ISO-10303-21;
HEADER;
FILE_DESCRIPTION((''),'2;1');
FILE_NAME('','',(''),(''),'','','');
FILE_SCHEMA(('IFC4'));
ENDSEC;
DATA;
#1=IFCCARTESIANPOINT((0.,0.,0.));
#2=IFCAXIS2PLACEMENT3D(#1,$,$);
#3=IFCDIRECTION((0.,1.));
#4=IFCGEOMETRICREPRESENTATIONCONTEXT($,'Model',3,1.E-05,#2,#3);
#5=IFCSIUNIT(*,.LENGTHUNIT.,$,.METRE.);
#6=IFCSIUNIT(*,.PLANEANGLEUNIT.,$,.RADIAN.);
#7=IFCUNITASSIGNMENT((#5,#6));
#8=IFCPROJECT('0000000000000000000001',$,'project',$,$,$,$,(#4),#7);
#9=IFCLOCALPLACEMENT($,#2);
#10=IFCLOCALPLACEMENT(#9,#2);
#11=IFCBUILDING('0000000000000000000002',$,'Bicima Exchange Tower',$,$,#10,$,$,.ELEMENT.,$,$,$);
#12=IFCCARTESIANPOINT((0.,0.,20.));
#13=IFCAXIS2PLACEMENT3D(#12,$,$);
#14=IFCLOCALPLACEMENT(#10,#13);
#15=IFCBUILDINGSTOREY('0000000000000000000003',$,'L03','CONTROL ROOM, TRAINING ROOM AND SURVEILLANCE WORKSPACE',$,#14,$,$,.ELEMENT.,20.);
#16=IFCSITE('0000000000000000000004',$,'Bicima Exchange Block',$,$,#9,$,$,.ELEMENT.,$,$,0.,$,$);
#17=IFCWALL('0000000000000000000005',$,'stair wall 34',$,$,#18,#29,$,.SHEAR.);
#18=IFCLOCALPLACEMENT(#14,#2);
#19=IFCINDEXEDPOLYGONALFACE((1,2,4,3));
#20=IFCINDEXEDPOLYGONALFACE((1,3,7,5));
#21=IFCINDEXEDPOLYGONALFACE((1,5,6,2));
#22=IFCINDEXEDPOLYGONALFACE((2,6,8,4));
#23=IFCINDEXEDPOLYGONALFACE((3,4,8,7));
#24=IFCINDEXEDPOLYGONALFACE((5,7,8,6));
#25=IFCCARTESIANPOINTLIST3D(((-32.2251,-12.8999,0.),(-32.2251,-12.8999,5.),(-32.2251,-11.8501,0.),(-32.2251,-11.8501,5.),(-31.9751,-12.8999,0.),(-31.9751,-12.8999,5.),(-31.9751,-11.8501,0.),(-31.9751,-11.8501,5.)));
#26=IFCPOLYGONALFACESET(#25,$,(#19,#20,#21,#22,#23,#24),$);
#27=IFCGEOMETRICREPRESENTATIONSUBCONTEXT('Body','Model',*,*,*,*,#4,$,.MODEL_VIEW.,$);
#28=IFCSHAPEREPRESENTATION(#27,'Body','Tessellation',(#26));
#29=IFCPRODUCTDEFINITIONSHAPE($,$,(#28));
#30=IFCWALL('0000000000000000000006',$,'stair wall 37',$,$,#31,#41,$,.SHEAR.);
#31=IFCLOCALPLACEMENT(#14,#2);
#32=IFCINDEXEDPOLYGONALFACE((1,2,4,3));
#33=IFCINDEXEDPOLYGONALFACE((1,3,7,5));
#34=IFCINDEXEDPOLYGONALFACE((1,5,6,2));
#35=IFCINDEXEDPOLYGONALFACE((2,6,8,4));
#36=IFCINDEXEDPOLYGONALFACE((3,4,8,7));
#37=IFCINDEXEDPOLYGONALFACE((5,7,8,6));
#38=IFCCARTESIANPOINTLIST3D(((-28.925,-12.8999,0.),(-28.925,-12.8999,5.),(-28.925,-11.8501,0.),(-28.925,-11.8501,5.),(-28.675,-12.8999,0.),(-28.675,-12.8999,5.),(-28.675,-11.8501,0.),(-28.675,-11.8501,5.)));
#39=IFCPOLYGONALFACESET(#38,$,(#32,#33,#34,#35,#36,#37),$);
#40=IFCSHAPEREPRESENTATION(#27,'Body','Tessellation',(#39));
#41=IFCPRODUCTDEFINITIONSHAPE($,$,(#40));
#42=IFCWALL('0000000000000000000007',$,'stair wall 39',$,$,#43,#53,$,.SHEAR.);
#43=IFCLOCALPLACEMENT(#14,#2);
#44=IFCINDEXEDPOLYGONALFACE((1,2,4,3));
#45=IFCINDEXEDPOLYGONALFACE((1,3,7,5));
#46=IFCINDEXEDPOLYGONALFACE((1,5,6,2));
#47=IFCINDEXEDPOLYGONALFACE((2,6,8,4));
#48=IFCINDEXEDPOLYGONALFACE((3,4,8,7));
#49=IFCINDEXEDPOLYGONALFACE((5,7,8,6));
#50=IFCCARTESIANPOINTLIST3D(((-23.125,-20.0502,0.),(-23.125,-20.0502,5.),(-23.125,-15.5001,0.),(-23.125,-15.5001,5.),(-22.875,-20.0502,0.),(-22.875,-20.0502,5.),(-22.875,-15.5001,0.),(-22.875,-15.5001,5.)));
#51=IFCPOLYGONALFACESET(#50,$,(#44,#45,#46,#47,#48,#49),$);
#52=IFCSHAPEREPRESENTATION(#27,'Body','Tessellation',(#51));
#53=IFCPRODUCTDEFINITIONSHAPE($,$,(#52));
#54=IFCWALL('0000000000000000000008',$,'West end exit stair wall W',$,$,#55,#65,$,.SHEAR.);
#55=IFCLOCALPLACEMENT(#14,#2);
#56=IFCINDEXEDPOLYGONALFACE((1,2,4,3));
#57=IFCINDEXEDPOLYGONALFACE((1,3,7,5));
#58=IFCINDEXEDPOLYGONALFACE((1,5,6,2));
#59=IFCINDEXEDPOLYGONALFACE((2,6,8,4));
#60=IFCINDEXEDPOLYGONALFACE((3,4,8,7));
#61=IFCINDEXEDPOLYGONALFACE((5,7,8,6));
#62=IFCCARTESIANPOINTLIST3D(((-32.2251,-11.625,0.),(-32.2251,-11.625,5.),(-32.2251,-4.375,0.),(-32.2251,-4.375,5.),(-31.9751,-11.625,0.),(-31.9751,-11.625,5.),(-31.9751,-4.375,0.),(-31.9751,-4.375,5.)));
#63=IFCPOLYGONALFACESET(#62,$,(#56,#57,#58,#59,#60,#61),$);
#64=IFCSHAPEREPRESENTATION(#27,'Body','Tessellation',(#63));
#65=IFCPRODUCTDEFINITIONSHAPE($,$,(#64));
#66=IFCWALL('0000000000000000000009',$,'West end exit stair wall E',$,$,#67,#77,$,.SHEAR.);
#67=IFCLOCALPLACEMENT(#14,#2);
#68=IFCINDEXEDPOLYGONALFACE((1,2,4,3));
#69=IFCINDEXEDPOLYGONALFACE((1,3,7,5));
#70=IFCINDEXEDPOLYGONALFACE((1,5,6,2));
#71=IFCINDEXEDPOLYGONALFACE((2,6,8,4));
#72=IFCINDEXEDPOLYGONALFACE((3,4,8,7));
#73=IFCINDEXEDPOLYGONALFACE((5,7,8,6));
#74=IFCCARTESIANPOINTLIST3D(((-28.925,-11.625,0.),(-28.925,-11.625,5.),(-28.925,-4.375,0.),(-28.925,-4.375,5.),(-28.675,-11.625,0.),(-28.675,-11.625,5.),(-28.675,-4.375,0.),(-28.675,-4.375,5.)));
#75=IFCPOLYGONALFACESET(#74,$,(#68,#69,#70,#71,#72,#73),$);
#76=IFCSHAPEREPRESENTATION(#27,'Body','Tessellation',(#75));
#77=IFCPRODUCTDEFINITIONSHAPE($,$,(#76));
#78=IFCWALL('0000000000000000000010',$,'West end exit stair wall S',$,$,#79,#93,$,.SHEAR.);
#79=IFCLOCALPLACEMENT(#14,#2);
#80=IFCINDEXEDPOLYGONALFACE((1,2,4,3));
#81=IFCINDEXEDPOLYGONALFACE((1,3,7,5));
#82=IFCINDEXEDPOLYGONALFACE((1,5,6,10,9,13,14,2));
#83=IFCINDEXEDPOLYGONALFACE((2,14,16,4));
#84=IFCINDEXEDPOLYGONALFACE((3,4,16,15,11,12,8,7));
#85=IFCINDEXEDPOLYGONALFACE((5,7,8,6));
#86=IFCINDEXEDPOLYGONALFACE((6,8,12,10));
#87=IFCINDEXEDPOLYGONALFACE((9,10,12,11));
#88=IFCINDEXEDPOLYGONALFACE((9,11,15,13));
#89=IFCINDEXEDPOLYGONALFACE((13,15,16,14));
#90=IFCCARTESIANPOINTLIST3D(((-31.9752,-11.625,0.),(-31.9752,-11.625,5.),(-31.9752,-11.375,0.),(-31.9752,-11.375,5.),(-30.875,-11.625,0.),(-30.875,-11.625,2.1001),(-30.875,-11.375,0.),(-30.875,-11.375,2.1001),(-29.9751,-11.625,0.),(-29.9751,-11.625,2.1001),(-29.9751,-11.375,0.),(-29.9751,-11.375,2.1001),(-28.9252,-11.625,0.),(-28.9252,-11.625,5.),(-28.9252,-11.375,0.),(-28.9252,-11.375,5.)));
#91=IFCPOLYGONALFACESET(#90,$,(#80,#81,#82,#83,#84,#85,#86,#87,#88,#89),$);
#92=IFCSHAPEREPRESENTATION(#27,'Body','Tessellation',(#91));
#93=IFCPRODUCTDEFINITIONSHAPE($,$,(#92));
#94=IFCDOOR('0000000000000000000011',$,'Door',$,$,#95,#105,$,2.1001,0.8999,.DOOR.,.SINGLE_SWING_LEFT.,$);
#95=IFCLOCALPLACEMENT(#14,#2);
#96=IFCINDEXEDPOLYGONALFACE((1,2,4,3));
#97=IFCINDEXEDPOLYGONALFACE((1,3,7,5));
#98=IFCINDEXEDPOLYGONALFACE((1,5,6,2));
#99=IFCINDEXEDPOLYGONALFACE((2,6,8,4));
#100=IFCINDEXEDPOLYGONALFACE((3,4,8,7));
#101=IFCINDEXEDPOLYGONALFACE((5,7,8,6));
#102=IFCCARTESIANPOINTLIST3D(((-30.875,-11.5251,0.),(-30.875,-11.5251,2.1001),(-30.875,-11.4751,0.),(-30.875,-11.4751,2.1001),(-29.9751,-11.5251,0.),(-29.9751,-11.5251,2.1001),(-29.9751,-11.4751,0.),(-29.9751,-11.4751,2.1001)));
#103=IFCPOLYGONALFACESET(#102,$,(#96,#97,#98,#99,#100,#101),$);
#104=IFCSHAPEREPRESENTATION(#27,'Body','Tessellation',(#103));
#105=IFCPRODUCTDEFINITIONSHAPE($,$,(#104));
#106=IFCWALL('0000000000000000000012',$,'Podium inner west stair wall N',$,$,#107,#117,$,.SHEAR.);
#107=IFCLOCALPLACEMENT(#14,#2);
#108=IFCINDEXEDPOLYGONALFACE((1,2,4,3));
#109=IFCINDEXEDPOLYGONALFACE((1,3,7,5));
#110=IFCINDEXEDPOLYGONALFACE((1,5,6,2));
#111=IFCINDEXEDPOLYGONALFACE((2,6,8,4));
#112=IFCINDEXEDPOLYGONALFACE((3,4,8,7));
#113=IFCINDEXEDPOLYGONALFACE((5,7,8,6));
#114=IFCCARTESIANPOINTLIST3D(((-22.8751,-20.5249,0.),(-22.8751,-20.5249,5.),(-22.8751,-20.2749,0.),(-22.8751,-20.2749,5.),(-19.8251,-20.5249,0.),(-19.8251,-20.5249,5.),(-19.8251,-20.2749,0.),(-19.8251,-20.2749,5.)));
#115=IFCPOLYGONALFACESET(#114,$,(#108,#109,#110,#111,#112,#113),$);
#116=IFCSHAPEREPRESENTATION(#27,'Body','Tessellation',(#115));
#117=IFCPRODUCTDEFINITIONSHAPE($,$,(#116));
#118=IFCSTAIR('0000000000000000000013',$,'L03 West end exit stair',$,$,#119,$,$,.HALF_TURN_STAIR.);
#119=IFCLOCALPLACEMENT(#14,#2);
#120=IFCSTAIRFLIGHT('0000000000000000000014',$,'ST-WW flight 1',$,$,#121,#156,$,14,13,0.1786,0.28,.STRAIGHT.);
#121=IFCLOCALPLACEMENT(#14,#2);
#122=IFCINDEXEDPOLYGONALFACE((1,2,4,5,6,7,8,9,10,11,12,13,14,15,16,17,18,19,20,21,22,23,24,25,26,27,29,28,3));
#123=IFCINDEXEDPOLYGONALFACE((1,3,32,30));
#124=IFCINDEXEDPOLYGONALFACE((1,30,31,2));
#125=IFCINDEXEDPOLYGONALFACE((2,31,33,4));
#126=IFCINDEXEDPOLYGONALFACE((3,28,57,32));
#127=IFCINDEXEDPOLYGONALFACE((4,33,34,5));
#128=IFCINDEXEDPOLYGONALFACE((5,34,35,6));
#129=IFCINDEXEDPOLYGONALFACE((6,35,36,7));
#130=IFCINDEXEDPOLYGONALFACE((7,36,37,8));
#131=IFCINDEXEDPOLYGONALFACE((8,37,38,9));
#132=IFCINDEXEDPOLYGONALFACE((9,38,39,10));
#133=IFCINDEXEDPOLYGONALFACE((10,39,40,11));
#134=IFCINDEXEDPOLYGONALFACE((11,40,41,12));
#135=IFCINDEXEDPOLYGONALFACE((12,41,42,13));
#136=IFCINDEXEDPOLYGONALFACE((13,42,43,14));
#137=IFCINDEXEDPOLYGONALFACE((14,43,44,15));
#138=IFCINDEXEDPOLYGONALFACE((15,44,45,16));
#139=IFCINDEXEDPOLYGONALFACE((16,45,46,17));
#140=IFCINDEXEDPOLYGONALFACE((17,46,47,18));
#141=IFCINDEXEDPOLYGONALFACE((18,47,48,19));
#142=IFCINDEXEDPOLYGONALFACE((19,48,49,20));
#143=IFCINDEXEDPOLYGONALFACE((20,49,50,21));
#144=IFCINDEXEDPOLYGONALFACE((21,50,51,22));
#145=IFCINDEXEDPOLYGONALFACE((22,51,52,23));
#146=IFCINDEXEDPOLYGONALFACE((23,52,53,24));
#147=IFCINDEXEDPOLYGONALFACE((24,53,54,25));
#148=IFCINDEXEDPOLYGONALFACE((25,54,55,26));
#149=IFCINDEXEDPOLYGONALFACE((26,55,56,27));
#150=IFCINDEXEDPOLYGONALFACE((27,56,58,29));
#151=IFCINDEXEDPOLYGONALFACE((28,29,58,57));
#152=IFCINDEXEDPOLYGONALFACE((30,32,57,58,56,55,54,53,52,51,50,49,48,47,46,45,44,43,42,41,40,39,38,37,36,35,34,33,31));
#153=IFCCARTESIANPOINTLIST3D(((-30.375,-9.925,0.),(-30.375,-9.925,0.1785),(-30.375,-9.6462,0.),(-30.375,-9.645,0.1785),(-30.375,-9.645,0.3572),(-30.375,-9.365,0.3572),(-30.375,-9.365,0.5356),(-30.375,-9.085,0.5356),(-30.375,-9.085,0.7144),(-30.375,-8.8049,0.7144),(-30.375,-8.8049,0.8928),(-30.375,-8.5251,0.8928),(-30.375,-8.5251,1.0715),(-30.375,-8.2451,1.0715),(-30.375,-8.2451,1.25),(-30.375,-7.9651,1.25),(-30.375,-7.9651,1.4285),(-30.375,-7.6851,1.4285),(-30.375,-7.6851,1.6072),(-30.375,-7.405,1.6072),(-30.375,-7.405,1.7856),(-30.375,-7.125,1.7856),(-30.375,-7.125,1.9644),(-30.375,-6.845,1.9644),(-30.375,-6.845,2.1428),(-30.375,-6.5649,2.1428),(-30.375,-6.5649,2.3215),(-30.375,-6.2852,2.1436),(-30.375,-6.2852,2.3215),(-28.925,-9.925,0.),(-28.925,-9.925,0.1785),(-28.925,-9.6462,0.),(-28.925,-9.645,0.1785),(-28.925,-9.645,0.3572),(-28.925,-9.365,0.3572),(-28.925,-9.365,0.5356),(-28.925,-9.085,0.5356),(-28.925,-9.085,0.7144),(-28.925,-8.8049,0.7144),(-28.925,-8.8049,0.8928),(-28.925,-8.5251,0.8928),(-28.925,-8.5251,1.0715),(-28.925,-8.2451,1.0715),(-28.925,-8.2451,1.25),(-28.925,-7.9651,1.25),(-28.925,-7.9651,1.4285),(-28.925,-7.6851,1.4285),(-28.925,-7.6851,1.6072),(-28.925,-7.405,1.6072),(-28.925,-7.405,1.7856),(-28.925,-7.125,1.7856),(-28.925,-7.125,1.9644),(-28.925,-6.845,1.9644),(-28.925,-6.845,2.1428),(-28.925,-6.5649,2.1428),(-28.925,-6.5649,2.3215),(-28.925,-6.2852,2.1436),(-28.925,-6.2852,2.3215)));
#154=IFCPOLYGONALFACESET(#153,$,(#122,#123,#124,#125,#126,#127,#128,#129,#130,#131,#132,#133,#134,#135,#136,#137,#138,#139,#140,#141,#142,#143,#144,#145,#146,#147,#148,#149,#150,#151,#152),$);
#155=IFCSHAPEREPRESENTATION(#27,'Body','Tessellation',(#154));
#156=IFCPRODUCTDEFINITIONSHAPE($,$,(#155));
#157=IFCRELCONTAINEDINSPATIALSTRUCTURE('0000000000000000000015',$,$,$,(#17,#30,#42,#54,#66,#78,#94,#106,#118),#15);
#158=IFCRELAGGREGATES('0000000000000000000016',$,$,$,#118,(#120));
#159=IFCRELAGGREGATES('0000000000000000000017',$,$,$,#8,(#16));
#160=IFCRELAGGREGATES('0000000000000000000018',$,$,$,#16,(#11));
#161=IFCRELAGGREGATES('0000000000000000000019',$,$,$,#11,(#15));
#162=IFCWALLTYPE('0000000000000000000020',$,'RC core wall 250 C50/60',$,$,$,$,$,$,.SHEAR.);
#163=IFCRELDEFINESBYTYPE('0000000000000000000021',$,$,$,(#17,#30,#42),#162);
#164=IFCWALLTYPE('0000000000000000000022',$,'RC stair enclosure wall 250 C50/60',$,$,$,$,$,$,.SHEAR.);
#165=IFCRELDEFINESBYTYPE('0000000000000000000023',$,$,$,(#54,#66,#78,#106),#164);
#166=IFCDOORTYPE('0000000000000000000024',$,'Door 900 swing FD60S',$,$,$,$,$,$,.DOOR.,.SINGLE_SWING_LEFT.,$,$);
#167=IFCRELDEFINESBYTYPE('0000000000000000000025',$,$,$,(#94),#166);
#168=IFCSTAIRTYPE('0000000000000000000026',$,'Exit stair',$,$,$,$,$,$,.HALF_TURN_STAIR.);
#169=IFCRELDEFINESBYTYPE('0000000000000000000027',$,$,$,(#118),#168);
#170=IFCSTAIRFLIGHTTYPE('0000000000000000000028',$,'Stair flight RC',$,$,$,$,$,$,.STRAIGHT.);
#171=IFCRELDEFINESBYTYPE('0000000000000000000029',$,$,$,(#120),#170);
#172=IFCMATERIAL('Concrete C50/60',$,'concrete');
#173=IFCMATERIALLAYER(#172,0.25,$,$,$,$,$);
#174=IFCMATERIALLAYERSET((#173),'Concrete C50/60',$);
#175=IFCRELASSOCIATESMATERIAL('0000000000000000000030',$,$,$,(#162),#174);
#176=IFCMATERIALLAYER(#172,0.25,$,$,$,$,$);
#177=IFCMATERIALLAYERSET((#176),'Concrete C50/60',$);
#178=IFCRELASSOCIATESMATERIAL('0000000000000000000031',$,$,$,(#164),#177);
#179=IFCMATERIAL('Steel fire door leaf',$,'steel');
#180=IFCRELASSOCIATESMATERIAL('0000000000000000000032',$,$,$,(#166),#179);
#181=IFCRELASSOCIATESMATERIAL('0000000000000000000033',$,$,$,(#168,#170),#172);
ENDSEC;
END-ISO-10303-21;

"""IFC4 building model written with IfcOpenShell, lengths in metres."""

from ifc_helpers import new_model, si_unit, direction, frame, frame_2d, origin, place, context, subcontext, project, spatial, polyline, rectangle, outline, extrude, material, layer, layer_set, type_object, element, fill, aggregate, save


model = new_model("IFC4")

# Units and contexts
model_context = context("Model", 3, precision=1e-05, world=origin(), true_north=direction((0.0, 1.0)))
body_context = subcontext(model_context, "Body", "Model", "MODEL_VIEW")
ifc_project = project(units=[si_unit("LENGTHUNIT", "METRE"), si_unit("PLANEANGLEUNIT", "RADIAN")], contexts=[model_context])

# Site, building, storey
site_placement = place(None, origin())
site = spatial("IfcSite", under=ifc_project, at=site_placement, Name="Bicima Exchange Block", CompositionType="ELEMENT", RefElevation=0.0)
building_placement = place(site_placement, origin())
building = spatial("IfcBuilding", under=site, at=building_placement, Name="Bicima Exchange Tower", CompositionType="ELEMENT")
storey_placement = place(building_placement, frame((0.0, 0.0, 20.0)))
storey = spatial("IfcBuildingStorey", under=building, at=storey_placement, Name="L03", Description="CONTROL ROOM, TRAINING ROOM AND SURVEILLANCE WORKSPACE", CompositionType="ELEMENT", Elevation=20.0)

# Shared definitions
ifc_material_1 = material(Name="Steel fire door leaf", Category="steel")

# Walls
ifc_material_2 = material(Name="Concrete C50/60", Category="concrete")
ifc_layer_1 = layer(ifc_material_2, 0.25)
ifc_layer_set_1 = layer_set([ifc_layer_1], Name="Concrete C50/60")
wall_type_1 = type_object("IfcWallType", Name="RC core wall 250 C50/60", PredefinedType="SHEAR", material=ifc_layer_set_1)
for number, where, z_axis, x_axis, name in (
    (1, (-32.1001, -12.8999, 0.0), (0.0, 0.0, 1.0), (0.0, 1.0, 0.0), "stair wall 34"),
    (2, (-28.8, -12.8999, 0.0), (0.0, 0.0, 1.0), (0.0, 1.0, 0.0), "stair wall 37"),
):
    element("IfcWall", number, at=place(storey_placement, frame(where, z_axis=z_axis, x_axis=x_axis)), inside=storey, type_object=wall_type_1, Name=name, PredefinedType="SHEAR", context=body_context, shape_type="SweptSolid", body=[
        extrude(rectangle(XDim=1.0498, YDim=0.25, at=frame_2d((0.5249, 0.0))), origin(), (0.0, 0.0, 1.0), 5.0),
    ])
wall_1_placement = place(storey_placement, frame((-23.0, -20.05, 0.0), z_axis=(0.0, 0.0, 1.0), x_axis=(0.0, 1.0, 0.0)))
element("IfcWall", 3, at=wall_1_placement, inside=storey, type_object=wall_type_1, Name="stair wall 39", PredefinedType="SHEAR", context=body_context, shape_type="SweptSolid", body=[
    extrude(rectangle(XDim=4.55, YDim=0.25, at=frame_2d((2.2749, 0.0))), origin(), (0.0, 0.0, 1.0), 5.0),
])
ifc_layer_2 = layer(ifc_material_2, 0.25)
ifc_layer_set_2 = layer_set([ifc_layer_2], Name="Concrete C50/60")
wall_type_2 = type_object("IfcWallType", Name="RC stair enclosure wall 250 C50/60", PredefinedType="SHEAR", material=ifc_layer_set_2)
for number, where, z_axis, x_axis, name in (
    (4, (-32.1001, -11.625, 0.0), (0.0, 0.0, 1.0), (0.0, 1.0, 0.0), "West end exit stair wall W"),
    (5, (-28.8, -11.625, 0.0), (0.0, 0.0, 1.0), (0.0, 1.0, 0.0), "West end exit stair wall E"),
):
    element("IfcWall", number, at=place(storey_placement, frame(where, z_axis=z_axis, x_axis=x_axis)), inside=storey, type_object=wall_type_2, Name=name, PredefinedType="SHEAR", context=body_context, shape_type="SweptSolid", body=[
        extrude(rectangle(XDim=7.25, YDim=0.25, at=frame_2d((3.625, 0.0))), origin(), (0.0, 0.0, 1.0), 5.0),
    ])

# Wall, opening, door
wall_2_placement = place(storey_placement, frame((-31.9751, -11.5, 0.0), z_axis=(0.0, 0.0, 1.0), x_axis=(1.0, 0.0, 0.0)))
wall_2 = element("IfcWall", 6, at=wall_2_placement, inside=storey, type_object=wall_type_2, Name="West end exit stair wall S", PredefinedType="SHEAR", context=body_context, shape_type="SweptSolid", body=[
    extrude(rectangle(XDim=3.05, YDim=0.25, at=frame_2d((1.5249, 0.0))), origin(), (0.0, 0.0, 1.0), 5.0),
])
opening_1_placement = place(wall_2_placement, frame((1.1001, 0.0, 0.0)))
opening_1 = element("IfcOpeningElement", 7, at=opening_1_placement, cuts=wall_2, PredefinedType="OPENING", context=body_context, shape_type="SweptSolid", body=[
    extrude(rectangle(XDim=0.8999, YDim=2.1001, at=frame_2d((0.45, 1.05))), frame((0.0, 0.137, 0.0), z_axis=(0.0, -1.0, 0.0), x_axis=(1.0, 0.0, 0.0)), (0.0, 0.0, 1.0), 0.2739),
])
door_type_1 = type_object("IfcDoorType", Name="Door 900 swing FD60S", OperationType="SINGLE_SWING_LEFT", PredefinedType="DOOR", material=ifc_material_1)
door_1_placement = place(opening_1_placement, origin())
door_1 = element("IfcDoor", 8, at=door_1_placement, inside=storey, type_object=door_type_1, Name="Door", OperationType="SINGLE_SWING_LEFT", OverallHeight=2.1001, OverallWidth=0.8999, PredefinedType="DOOR", context=body_context, shape_type="SweptSolid", body=[
    extrude(rectangle(XDim=0.8999, YDim=2.1001, at=frame_2d((0.45, 1.05))), frame((0.0, 0.0249, 0.0), z_axis=(0.0, -1.0, 0.0), x_axis=(1.0, 0.0, 0.0)), (0.0, 0.0, 1.0), 0.05),
])
fill(opening_1, door_1)

# Wall
wall_3_placement = place(storey_placement, frame((-22.875, -20.3999, 0.0), z_axis=(0.0, 0.0, 1.0), x_axis=(1.0, 0.0, 0.0)))
element("IfcWall", 9, at=wall_3_placement, inside=storey, type_object=wall_type_2, Name="Podium inner west stair wall N", PredefinedType="SHEAR", context=body_context, shape_type="SweptSolid", body=[
    extrude(rectangle(XDim=3.05, YDim=0.25, at=frame_2d((1.5249, 0.0))), origin(), (0.0, 0.0, 1.0), 5.0),
])

# Stair, stair flight
stair_type = type_object("IfcStairType", Name="Exit stair", PredefinedType="HALF_TURN_STAIR", material=ifc_material_2)
stair_placement = place(storey_placement, origin())
stair = element("IfcStair", 10, at=stair_placement, inside=storey, type_object=stair_type, Name="L03 West end exit stair", PredefinedType="HALF_TURN_STAIR")
stair_flight_type = type_object("IfcStairFlightType", Name="Stair flight RC", PredefinedType="STRAIGHT", material=ifc_material_2)
stair_flight_placement = place(storey_placement, frame((-29.6499, -9.925, 0.0), z_axis=(0.0, 0.0, 1.0), x_axis=(0.0, 1.0, 0.0)))
stair_flight = element("IfcStairFlight", 11, at=stair_flight_placement, type_object=stair_flight_type, Name="ST-WW flight 1", NumberOfRisers=14, NumberOfTreads=13, PredefinedType="STRAIGHT", RiserHeight=0.1786, TreadLength=0.28, context=body_context, shape_type="SweptSolid", body=[
    extrude(outline(polyline([(0.0, 0.0), (0.0, 0.1785), (0.28, 0.1785), (0.28, 0.3572), (0.5601, 0.3572), (0.5601, 0.5356), (0.8401, 0.5356), (0.8401, 0.7144), (1.1201, 0.7144), (1.1201, 0.8928), (1.3999, 0.8928), (1.3999, 1.0715), (1.6799, 1.0715), (1.6799, 1.25), (1.96, 1.25), (1.96, 1.4285), (2.24, 1.4285), (2.24, 1.6072), (2.52, 1.6072), (2.52, 1.7856), (2.8, 1.7856), (2.8, 1.9644), (3.0801, 1.9644), (3.0801, 2.1428), (3.3601, 2.1428), (3.3601, 2.3215), (3.6399, 2.3215), (3.6399, 2.5), (3.6399, 2.1436), (0.2788, 0.0), (0.0, 0.0)])), frame((0.0, 0.7251, 0.0), z_axis=(0.0, -1.0, 0.0), x_axis=(1.0, 0.0, 0.0)), (0.0, 0.0, 1.0), 1.45),
])
aggregate(stair, [stair_flight])

save(model, "model.ifc")
